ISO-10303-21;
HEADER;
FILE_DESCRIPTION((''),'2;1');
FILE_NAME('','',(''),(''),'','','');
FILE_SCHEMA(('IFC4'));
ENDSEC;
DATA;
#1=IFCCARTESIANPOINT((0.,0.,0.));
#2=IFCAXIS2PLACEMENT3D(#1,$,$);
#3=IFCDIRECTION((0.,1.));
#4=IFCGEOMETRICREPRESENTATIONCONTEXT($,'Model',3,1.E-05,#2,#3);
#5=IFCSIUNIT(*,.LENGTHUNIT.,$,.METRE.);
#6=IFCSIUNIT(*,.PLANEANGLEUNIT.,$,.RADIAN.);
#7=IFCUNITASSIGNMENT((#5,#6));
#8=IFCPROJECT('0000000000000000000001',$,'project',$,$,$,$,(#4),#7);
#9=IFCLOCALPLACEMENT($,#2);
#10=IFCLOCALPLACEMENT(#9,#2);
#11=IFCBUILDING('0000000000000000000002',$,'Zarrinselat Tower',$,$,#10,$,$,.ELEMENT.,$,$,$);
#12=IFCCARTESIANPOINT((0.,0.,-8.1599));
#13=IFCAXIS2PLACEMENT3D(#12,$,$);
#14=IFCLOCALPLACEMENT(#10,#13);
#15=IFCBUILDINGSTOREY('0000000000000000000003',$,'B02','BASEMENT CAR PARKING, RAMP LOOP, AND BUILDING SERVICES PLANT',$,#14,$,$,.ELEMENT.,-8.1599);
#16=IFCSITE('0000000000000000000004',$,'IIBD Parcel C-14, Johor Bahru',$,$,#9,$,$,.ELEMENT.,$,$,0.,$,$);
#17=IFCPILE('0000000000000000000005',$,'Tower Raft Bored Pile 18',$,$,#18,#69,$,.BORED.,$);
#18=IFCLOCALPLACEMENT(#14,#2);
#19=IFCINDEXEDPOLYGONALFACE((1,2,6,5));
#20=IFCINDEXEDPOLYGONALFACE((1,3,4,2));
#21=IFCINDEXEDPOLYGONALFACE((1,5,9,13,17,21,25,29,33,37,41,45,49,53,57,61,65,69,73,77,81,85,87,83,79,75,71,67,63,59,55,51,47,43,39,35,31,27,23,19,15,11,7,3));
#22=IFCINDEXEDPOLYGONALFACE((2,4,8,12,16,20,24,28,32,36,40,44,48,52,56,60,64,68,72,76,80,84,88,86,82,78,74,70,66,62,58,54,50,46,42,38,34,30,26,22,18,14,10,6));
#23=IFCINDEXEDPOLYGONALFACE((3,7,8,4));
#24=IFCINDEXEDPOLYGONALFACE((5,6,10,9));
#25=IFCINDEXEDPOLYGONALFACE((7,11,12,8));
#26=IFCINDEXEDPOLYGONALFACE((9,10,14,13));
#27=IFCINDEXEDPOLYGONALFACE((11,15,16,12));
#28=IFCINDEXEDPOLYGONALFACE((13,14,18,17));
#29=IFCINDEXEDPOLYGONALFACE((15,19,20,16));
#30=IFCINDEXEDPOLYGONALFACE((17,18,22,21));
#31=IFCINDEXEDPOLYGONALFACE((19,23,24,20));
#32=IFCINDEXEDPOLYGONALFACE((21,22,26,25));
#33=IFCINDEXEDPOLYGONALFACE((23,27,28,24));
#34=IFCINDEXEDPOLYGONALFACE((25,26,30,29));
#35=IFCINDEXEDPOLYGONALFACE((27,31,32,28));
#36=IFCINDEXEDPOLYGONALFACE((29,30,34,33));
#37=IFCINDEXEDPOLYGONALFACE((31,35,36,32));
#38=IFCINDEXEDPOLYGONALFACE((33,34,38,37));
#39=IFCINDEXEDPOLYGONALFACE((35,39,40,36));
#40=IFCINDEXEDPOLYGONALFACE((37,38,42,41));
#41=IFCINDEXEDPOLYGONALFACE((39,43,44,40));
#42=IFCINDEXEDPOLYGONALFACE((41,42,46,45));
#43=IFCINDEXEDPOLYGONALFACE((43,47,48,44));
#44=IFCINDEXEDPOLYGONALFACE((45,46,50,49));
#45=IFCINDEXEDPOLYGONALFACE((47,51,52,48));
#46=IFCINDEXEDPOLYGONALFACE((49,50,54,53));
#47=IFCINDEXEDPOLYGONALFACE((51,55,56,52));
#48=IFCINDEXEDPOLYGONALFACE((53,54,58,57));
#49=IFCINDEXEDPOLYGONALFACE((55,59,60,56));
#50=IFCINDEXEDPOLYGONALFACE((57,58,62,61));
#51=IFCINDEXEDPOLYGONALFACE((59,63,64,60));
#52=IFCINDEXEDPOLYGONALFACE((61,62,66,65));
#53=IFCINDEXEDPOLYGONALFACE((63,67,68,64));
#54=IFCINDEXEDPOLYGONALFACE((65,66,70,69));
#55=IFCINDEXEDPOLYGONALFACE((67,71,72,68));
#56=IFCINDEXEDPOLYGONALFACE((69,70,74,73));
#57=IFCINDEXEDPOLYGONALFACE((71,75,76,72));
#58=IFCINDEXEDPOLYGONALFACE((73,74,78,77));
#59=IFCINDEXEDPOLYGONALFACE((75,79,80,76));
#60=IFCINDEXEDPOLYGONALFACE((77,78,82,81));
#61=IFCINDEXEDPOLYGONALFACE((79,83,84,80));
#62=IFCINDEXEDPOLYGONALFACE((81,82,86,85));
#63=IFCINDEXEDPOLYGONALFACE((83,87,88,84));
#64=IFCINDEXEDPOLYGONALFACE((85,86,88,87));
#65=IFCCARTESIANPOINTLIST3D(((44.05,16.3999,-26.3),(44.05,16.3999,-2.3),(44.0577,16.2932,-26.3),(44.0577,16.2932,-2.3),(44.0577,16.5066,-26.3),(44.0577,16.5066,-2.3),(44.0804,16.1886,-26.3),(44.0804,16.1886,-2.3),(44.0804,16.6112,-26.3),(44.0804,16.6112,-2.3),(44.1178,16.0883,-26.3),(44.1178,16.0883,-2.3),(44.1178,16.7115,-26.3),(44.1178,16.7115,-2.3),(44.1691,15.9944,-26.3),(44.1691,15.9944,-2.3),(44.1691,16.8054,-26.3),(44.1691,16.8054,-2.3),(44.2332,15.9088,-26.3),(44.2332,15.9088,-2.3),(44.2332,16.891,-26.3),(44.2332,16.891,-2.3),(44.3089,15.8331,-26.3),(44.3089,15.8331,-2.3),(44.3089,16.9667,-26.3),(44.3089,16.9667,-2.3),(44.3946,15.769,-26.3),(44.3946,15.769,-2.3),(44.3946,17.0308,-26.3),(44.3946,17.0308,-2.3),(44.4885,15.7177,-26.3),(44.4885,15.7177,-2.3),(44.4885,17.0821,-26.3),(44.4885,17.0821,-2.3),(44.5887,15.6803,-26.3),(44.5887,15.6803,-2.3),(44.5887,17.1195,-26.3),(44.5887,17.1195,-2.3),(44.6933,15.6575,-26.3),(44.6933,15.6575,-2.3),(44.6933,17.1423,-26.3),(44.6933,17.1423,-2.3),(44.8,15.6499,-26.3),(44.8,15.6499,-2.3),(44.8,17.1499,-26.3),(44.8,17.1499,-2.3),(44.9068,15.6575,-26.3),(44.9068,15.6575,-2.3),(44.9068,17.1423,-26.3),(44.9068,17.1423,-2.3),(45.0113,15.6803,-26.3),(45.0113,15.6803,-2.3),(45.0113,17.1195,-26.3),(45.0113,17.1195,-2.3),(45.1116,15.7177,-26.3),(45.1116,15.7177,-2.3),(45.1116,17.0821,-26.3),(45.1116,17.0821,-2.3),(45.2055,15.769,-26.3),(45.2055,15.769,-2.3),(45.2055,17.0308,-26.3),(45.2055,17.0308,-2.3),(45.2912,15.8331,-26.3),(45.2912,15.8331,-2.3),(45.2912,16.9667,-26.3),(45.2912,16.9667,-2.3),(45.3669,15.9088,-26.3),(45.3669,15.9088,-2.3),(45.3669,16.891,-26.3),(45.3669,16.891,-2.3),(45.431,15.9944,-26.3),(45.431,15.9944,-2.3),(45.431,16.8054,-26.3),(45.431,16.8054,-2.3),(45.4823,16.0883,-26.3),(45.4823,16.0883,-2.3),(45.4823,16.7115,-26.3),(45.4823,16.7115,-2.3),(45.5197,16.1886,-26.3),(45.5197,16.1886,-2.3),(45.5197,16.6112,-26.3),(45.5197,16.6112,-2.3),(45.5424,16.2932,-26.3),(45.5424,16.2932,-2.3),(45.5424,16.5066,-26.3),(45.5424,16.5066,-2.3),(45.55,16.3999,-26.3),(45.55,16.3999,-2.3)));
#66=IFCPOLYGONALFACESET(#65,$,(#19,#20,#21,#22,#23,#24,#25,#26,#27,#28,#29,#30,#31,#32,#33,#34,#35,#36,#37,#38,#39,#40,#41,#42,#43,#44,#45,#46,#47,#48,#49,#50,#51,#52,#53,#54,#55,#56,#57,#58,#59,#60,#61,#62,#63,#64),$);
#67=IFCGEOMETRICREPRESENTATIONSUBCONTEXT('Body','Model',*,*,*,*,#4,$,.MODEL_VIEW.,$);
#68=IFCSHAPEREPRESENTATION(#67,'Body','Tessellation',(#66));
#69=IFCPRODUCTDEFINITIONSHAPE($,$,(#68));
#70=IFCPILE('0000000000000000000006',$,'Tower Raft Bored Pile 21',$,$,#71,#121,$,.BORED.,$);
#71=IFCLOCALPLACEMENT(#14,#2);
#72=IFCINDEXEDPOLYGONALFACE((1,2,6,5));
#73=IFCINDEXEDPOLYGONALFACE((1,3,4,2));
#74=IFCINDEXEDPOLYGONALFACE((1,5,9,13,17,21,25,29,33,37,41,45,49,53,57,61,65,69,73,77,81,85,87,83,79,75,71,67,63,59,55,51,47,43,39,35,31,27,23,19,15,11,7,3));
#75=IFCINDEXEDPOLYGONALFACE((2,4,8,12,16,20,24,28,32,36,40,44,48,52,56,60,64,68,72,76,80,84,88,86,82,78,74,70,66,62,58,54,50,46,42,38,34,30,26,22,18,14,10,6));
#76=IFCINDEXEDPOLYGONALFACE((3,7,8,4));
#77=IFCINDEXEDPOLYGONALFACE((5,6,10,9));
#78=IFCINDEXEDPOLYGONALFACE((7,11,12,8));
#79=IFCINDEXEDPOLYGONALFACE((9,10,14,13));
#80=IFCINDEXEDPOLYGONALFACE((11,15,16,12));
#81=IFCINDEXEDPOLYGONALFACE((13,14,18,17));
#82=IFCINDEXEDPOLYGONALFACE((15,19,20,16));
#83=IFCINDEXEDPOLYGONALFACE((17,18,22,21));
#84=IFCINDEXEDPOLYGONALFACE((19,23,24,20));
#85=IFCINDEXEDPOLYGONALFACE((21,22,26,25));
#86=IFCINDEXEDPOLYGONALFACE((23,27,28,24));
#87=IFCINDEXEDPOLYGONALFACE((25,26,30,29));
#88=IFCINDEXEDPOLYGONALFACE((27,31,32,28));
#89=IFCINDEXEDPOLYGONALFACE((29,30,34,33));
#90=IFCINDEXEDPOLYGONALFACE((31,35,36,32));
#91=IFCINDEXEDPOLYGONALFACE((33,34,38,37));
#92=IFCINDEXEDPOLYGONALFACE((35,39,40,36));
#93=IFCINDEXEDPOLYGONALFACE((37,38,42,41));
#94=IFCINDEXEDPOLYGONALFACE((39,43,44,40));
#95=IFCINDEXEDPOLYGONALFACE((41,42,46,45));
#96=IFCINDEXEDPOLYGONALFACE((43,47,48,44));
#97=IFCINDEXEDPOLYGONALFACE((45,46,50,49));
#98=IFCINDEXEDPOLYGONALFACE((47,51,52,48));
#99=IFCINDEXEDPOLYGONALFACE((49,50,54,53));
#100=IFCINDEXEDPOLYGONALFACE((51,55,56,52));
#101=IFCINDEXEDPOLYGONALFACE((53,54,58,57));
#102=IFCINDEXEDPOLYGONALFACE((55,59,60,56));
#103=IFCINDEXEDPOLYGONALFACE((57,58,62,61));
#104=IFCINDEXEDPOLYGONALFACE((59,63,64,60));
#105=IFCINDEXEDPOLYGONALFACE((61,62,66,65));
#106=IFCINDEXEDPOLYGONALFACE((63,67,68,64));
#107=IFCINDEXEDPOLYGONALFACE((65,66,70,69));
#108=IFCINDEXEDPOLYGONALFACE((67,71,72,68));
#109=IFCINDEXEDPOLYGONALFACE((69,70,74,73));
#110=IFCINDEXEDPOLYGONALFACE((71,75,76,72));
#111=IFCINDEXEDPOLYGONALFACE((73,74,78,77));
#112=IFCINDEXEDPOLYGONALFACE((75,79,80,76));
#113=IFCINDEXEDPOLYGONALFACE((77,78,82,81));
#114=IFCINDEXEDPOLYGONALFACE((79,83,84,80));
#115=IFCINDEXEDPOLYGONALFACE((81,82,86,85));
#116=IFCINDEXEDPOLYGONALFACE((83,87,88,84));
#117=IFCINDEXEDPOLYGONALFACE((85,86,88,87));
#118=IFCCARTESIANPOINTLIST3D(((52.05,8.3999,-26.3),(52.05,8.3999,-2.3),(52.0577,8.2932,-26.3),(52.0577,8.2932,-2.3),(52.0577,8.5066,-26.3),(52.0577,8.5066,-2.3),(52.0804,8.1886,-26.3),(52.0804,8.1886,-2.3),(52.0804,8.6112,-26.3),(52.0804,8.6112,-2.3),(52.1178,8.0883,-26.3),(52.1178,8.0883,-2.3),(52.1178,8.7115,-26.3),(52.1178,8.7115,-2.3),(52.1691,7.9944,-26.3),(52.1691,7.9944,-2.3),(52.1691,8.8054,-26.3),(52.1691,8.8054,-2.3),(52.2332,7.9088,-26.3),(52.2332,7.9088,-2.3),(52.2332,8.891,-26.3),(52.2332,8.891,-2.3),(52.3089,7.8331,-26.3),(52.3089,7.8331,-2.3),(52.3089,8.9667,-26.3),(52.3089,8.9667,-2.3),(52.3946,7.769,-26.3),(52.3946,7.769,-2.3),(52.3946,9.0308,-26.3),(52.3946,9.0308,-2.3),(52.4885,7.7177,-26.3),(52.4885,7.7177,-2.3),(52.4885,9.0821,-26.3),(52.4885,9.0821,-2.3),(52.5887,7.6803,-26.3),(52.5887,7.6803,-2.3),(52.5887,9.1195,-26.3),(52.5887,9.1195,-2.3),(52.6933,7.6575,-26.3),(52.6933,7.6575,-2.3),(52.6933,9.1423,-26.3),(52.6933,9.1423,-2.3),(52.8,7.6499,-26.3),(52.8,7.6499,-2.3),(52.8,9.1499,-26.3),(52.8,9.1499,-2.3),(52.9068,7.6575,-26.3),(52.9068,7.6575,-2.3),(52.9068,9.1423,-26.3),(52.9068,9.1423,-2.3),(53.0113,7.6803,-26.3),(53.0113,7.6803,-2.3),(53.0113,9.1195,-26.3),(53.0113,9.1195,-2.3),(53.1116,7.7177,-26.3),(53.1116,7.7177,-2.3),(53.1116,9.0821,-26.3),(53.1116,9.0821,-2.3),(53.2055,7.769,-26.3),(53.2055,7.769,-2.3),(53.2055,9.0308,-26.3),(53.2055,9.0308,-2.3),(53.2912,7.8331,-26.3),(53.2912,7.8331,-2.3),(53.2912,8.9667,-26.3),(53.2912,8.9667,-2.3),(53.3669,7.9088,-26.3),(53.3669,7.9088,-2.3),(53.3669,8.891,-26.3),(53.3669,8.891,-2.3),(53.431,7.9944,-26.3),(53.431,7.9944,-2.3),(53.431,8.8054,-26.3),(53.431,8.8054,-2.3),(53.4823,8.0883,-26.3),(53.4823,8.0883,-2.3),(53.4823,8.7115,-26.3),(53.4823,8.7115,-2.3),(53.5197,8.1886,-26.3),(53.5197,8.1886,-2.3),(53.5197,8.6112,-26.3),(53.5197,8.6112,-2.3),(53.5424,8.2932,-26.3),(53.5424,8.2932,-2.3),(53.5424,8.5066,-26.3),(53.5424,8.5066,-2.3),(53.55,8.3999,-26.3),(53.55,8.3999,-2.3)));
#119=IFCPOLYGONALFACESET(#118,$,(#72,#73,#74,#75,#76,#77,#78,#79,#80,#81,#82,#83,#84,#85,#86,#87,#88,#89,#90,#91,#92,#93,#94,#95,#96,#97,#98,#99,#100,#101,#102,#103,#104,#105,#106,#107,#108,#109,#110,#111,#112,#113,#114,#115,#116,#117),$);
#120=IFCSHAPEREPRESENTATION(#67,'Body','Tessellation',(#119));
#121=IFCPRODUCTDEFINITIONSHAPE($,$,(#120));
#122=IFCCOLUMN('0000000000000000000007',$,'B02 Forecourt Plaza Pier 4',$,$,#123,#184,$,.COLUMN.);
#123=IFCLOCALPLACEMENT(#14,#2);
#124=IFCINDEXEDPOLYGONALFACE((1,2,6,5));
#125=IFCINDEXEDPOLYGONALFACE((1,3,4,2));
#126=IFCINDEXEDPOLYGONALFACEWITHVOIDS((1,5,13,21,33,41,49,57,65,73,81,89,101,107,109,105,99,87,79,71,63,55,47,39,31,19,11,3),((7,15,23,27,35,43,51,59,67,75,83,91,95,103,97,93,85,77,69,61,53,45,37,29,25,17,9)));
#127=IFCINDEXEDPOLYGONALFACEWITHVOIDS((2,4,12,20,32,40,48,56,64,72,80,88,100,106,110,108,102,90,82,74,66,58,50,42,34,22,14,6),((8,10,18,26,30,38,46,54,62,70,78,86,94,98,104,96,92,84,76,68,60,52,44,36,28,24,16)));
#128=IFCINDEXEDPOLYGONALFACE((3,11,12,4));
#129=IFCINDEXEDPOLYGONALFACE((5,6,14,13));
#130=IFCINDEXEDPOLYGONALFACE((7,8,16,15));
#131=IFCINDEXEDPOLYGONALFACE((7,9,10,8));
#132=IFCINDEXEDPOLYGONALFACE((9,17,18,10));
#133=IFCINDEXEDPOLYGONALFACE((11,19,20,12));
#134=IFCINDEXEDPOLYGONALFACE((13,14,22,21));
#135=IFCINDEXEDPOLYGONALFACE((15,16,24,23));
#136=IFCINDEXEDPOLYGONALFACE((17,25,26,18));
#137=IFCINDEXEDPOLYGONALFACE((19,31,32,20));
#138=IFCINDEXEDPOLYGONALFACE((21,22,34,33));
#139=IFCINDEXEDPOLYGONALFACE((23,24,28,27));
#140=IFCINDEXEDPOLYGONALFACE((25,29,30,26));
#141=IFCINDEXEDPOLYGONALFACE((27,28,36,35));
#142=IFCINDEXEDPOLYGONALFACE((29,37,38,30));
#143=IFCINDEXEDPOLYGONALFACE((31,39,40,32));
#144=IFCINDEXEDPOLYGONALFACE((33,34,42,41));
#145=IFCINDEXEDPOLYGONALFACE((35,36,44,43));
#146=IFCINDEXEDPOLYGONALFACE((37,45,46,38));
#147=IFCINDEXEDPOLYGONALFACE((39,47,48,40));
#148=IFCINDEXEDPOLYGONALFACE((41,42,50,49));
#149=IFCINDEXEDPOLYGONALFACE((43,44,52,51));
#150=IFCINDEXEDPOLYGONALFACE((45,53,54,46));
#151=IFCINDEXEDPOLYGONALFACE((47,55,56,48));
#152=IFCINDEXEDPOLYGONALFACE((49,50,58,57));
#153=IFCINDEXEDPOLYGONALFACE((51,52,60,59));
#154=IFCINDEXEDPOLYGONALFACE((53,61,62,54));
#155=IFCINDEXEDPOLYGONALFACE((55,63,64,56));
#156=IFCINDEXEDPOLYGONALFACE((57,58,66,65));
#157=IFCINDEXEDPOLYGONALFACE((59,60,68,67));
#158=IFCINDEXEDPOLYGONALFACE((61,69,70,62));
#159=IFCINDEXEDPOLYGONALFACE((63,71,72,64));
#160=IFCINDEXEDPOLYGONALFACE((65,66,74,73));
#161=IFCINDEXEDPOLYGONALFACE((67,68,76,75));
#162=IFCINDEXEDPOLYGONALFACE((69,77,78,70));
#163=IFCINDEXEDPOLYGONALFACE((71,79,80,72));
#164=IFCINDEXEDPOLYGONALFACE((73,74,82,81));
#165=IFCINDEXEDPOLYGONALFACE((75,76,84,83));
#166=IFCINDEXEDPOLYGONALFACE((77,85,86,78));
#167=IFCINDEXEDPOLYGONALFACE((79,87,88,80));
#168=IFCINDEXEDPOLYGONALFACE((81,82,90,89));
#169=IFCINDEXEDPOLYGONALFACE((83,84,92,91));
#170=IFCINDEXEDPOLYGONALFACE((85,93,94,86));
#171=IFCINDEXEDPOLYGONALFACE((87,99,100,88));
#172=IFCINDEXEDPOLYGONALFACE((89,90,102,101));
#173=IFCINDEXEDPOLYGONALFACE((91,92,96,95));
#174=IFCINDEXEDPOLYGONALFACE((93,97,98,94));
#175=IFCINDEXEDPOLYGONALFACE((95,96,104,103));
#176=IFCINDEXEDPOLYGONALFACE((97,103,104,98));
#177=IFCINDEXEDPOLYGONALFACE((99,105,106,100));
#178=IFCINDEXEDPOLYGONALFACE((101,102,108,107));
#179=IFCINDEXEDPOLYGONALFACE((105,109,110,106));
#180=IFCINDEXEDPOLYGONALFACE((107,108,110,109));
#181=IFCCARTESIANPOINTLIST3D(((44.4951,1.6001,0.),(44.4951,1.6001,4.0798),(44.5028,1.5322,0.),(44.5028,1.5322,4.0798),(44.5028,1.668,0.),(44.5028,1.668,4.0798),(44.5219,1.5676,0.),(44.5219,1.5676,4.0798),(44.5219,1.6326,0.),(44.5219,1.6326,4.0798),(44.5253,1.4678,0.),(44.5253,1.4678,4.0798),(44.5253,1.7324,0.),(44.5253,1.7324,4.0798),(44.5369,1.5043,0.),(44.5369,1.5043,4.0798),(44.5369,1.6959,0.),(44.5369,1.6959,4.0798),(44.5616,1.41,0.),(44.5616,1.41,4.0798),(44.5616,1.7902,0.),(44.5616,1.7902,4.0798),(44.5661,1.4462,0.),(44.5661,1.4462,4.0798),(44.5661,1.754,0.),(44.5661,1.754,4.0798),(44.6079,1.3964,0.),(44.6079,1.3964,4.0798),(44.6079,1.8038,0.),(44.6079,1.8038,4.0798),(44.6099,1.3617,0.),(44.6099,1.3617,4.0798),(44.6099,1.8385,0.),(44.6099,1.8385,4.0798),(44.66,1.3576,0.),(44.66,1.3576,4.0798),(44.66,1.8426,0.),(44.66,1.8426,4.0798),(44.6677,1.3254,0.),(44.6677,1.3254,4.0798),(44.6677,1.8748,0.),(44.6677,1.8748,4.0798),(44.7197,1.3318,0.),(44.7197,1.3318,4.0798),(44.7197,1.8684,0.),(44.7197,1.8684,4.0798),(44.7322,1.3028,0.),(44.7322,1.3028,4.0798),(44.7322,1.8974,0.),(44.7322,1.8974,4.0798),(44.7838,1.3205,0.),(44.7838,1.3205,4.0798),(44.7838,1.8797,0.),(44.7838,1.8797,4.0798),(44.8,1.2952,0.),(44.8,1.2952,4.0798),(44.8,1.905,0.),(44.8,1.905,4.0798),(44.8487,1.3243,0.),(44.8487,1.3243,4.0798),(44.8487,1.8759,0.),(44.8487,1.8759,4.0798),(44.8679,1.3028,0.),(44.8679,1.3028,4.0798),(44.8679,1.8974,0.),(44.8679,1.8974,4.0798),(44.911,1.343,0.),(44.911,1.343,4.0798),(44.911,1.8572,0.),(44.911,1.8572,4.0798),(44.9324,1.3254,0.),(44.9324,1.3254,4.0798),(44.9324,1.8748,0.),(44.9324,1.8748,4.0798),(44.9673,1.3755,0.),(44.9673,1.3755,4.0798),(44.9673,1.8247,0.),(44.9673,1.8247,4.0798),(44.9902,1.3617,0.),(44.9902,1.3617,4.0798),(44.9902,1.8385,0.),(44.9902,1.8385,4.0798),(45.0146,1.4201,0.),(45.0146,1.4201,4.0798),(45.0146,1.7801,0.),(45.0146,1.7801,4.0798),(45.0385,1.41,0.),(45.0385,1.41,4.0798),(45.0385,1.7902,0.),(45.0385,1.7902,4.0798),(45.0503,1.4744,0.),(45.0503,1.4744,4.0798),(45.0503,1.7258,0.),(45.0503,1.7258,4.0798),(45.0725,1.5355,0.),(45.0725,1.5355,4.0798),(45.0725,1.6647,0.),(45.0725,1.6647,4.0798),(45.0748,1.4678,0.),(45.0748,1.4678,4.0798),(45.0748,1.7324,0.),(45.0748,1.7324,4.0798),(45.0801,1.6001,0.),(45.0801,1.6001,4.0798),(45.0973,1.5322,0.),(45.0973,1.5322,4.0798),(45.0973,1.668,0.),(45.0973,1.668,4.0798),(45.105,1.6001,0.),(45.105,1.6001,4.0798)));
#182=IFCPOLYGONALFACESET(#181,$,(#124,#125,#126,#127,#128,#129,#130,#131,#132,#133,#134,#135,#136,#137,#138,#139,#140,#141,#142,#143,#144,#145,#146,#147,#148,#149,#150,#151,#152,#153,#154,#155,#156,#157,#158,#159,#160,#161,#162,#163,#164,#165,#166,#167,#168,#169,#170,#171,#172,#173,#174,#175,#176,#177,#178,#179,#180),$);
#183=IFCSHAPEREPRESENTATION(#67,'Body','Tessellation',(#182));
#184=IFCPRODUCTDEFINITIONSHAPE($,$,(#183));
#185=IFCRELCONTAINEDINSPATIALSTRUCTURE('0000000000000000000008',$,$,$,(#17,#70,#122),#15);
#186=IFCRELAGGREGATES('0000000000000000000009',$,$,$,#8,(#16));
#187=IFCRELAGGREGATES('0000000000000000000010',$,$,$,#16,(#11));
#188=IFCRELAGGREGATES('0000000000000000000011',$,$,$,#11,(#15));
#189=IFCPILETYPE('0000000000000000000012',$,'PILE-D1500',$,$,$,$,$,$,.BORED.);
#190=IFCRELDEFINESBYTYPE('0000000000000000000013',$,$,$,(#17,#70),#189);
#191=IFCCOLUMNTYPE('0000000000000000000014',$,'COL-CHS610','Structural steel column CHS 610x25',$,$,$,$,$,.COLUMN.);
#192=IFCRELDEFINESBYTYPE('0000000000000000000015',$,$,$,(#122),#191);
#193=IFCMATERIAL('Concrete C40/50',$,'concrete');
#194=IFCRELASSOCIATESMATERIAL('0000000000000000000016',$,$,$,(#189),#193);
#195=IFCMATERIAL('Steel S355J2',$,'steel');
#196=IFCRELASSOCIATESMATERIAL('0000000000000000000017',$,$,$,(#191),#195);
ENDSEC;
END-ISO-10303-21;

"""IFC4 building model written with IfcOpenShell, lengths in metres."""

from ifc_helpers import new_model, si_unit, direction, frame, origin, origin_2d, place, context, subcontext, project, spatial, circle, hollow_circle, extrude, material, material_profile, profile_set, type_object, element, save


model = new_model("IFC4")

# Units and contexts
model_context = context("Model", 3, precision=1e-05, world=origin(), true_north=direction((0.0, 1.0)))
body_context = subcontext(model_context, "Body", "Model", "MODEL_VIEW")
ifc_project = project(units=[si_unit("LENGTHUNIT", "METRE"), si_unit("PLANEANGLEUNIT", "RADIAN")], contexts=[model_context])

# Site, building, storey
site_placement = place(None, origin())
site = spatial("IfcSite", under=ifc_project, at=site_placement, Name="IIBD Parcel C-14, Johor Bahru", CompositionType="ELEMENT", RefElevation=0.0)
building_placement = place(site_placement, origin())
building = spatial("IfcBuilding", under=site, at=building_placement, Name="Zarrinselat Tower", CompositionType="ELEMENT")
storey_placement = place(building_placement, frame((0.0, 0.0, -8.1599)))
storey = spatial("IfcBuildingStorey", under=building, at=storey_placement, Name="B02", Description="BASEMENT CAR PARKING, RAMP LOOP, AND BUILDING SERVICES PLANT", CompositionType="ELEMENT", Elevation=-8.1599)

# Piles
ifc_material_1 = material(Name="Concrete C40/50", Category="concrete")
ifc_material_profile_1 = material_profile(ifc_material_1, circle(Radius=0.75, at=origin_2d()), Name="BORED PILE D1500")
ifc_profile_set_1 = profile_set([ifc_material_profile_1], Name="Concrete C40/50")
pile_type = type_object("IfcPileType", Name="PILE-D1500", PredefinedType="BORED", material=ifc_profile_set_1)
for number, where, z_axis, x_axis, name in (
    (1, (44.8, 16.3999, -2.3), (0.0, 0.0, -1.0), (1.0, 0.0, 0.0), "Tower Raft Bored Pile 18"),
    (2, (52.8, 8.3999, -2.3), (0.0, 0.0, -1.0), (1.0, 0.0, 0.0), "Tower Raft Bored Pile 21"),
):
    element("IfcPile", number, at=place(storey_placement, frame(where, z_axis=z_axis, x_axis=x_axis)), inside=storey, type_object=pile_type, Name=name, PredefinedType="BORED", context=body_context, shape_type="SweptSolid", body=[
        extrude(circle(Radius=0.75, at=origin_2d()), origin(), (0.0, 0.0, 1.0), 24.0),
    ])

# Column
ifc_material_2 = material(Name="Steel S355J2", Category="steel")
ifc_material_profile_2 = material_profile(ifc_material_2, hollow_circle(Radius=0.3049, WallThickness=0.0249, at=origin_2d()), Name="CHS 610x25")
ifc_profile_set_2 = profile_set([ifc_material_profile_2], Name="Steel S355J2")
column_type = type_object("IfcColumnType", Name="COL-CHS610", Description="Structural steel column CHS 610x25", PredefinedType="COLUMN", material=ifc_profile_set_2)
column_1_placement = place(storey_placement, frame((44.8, 1.6001, 0.0), z_axis=(0.0, 0.0, 1.0), x_axis=(1.0, 0.0, 0.0)))
element("IfcColumn", 3, at=column_1_placement, inside=storey, type_object=column_type, Name="B02 Forecourt Plaza Pier 4", PredefinedType="COLUMN", context=body_context, shape_type="SweptSolid", body=[
    extrude(hollow_circle(Radius=0.3049, WallThickness=0.0249, at=origin_2d()), origin(), (0.0, 0.0, 1.0), 4.0798),
])

save(model, "model.ifc")
